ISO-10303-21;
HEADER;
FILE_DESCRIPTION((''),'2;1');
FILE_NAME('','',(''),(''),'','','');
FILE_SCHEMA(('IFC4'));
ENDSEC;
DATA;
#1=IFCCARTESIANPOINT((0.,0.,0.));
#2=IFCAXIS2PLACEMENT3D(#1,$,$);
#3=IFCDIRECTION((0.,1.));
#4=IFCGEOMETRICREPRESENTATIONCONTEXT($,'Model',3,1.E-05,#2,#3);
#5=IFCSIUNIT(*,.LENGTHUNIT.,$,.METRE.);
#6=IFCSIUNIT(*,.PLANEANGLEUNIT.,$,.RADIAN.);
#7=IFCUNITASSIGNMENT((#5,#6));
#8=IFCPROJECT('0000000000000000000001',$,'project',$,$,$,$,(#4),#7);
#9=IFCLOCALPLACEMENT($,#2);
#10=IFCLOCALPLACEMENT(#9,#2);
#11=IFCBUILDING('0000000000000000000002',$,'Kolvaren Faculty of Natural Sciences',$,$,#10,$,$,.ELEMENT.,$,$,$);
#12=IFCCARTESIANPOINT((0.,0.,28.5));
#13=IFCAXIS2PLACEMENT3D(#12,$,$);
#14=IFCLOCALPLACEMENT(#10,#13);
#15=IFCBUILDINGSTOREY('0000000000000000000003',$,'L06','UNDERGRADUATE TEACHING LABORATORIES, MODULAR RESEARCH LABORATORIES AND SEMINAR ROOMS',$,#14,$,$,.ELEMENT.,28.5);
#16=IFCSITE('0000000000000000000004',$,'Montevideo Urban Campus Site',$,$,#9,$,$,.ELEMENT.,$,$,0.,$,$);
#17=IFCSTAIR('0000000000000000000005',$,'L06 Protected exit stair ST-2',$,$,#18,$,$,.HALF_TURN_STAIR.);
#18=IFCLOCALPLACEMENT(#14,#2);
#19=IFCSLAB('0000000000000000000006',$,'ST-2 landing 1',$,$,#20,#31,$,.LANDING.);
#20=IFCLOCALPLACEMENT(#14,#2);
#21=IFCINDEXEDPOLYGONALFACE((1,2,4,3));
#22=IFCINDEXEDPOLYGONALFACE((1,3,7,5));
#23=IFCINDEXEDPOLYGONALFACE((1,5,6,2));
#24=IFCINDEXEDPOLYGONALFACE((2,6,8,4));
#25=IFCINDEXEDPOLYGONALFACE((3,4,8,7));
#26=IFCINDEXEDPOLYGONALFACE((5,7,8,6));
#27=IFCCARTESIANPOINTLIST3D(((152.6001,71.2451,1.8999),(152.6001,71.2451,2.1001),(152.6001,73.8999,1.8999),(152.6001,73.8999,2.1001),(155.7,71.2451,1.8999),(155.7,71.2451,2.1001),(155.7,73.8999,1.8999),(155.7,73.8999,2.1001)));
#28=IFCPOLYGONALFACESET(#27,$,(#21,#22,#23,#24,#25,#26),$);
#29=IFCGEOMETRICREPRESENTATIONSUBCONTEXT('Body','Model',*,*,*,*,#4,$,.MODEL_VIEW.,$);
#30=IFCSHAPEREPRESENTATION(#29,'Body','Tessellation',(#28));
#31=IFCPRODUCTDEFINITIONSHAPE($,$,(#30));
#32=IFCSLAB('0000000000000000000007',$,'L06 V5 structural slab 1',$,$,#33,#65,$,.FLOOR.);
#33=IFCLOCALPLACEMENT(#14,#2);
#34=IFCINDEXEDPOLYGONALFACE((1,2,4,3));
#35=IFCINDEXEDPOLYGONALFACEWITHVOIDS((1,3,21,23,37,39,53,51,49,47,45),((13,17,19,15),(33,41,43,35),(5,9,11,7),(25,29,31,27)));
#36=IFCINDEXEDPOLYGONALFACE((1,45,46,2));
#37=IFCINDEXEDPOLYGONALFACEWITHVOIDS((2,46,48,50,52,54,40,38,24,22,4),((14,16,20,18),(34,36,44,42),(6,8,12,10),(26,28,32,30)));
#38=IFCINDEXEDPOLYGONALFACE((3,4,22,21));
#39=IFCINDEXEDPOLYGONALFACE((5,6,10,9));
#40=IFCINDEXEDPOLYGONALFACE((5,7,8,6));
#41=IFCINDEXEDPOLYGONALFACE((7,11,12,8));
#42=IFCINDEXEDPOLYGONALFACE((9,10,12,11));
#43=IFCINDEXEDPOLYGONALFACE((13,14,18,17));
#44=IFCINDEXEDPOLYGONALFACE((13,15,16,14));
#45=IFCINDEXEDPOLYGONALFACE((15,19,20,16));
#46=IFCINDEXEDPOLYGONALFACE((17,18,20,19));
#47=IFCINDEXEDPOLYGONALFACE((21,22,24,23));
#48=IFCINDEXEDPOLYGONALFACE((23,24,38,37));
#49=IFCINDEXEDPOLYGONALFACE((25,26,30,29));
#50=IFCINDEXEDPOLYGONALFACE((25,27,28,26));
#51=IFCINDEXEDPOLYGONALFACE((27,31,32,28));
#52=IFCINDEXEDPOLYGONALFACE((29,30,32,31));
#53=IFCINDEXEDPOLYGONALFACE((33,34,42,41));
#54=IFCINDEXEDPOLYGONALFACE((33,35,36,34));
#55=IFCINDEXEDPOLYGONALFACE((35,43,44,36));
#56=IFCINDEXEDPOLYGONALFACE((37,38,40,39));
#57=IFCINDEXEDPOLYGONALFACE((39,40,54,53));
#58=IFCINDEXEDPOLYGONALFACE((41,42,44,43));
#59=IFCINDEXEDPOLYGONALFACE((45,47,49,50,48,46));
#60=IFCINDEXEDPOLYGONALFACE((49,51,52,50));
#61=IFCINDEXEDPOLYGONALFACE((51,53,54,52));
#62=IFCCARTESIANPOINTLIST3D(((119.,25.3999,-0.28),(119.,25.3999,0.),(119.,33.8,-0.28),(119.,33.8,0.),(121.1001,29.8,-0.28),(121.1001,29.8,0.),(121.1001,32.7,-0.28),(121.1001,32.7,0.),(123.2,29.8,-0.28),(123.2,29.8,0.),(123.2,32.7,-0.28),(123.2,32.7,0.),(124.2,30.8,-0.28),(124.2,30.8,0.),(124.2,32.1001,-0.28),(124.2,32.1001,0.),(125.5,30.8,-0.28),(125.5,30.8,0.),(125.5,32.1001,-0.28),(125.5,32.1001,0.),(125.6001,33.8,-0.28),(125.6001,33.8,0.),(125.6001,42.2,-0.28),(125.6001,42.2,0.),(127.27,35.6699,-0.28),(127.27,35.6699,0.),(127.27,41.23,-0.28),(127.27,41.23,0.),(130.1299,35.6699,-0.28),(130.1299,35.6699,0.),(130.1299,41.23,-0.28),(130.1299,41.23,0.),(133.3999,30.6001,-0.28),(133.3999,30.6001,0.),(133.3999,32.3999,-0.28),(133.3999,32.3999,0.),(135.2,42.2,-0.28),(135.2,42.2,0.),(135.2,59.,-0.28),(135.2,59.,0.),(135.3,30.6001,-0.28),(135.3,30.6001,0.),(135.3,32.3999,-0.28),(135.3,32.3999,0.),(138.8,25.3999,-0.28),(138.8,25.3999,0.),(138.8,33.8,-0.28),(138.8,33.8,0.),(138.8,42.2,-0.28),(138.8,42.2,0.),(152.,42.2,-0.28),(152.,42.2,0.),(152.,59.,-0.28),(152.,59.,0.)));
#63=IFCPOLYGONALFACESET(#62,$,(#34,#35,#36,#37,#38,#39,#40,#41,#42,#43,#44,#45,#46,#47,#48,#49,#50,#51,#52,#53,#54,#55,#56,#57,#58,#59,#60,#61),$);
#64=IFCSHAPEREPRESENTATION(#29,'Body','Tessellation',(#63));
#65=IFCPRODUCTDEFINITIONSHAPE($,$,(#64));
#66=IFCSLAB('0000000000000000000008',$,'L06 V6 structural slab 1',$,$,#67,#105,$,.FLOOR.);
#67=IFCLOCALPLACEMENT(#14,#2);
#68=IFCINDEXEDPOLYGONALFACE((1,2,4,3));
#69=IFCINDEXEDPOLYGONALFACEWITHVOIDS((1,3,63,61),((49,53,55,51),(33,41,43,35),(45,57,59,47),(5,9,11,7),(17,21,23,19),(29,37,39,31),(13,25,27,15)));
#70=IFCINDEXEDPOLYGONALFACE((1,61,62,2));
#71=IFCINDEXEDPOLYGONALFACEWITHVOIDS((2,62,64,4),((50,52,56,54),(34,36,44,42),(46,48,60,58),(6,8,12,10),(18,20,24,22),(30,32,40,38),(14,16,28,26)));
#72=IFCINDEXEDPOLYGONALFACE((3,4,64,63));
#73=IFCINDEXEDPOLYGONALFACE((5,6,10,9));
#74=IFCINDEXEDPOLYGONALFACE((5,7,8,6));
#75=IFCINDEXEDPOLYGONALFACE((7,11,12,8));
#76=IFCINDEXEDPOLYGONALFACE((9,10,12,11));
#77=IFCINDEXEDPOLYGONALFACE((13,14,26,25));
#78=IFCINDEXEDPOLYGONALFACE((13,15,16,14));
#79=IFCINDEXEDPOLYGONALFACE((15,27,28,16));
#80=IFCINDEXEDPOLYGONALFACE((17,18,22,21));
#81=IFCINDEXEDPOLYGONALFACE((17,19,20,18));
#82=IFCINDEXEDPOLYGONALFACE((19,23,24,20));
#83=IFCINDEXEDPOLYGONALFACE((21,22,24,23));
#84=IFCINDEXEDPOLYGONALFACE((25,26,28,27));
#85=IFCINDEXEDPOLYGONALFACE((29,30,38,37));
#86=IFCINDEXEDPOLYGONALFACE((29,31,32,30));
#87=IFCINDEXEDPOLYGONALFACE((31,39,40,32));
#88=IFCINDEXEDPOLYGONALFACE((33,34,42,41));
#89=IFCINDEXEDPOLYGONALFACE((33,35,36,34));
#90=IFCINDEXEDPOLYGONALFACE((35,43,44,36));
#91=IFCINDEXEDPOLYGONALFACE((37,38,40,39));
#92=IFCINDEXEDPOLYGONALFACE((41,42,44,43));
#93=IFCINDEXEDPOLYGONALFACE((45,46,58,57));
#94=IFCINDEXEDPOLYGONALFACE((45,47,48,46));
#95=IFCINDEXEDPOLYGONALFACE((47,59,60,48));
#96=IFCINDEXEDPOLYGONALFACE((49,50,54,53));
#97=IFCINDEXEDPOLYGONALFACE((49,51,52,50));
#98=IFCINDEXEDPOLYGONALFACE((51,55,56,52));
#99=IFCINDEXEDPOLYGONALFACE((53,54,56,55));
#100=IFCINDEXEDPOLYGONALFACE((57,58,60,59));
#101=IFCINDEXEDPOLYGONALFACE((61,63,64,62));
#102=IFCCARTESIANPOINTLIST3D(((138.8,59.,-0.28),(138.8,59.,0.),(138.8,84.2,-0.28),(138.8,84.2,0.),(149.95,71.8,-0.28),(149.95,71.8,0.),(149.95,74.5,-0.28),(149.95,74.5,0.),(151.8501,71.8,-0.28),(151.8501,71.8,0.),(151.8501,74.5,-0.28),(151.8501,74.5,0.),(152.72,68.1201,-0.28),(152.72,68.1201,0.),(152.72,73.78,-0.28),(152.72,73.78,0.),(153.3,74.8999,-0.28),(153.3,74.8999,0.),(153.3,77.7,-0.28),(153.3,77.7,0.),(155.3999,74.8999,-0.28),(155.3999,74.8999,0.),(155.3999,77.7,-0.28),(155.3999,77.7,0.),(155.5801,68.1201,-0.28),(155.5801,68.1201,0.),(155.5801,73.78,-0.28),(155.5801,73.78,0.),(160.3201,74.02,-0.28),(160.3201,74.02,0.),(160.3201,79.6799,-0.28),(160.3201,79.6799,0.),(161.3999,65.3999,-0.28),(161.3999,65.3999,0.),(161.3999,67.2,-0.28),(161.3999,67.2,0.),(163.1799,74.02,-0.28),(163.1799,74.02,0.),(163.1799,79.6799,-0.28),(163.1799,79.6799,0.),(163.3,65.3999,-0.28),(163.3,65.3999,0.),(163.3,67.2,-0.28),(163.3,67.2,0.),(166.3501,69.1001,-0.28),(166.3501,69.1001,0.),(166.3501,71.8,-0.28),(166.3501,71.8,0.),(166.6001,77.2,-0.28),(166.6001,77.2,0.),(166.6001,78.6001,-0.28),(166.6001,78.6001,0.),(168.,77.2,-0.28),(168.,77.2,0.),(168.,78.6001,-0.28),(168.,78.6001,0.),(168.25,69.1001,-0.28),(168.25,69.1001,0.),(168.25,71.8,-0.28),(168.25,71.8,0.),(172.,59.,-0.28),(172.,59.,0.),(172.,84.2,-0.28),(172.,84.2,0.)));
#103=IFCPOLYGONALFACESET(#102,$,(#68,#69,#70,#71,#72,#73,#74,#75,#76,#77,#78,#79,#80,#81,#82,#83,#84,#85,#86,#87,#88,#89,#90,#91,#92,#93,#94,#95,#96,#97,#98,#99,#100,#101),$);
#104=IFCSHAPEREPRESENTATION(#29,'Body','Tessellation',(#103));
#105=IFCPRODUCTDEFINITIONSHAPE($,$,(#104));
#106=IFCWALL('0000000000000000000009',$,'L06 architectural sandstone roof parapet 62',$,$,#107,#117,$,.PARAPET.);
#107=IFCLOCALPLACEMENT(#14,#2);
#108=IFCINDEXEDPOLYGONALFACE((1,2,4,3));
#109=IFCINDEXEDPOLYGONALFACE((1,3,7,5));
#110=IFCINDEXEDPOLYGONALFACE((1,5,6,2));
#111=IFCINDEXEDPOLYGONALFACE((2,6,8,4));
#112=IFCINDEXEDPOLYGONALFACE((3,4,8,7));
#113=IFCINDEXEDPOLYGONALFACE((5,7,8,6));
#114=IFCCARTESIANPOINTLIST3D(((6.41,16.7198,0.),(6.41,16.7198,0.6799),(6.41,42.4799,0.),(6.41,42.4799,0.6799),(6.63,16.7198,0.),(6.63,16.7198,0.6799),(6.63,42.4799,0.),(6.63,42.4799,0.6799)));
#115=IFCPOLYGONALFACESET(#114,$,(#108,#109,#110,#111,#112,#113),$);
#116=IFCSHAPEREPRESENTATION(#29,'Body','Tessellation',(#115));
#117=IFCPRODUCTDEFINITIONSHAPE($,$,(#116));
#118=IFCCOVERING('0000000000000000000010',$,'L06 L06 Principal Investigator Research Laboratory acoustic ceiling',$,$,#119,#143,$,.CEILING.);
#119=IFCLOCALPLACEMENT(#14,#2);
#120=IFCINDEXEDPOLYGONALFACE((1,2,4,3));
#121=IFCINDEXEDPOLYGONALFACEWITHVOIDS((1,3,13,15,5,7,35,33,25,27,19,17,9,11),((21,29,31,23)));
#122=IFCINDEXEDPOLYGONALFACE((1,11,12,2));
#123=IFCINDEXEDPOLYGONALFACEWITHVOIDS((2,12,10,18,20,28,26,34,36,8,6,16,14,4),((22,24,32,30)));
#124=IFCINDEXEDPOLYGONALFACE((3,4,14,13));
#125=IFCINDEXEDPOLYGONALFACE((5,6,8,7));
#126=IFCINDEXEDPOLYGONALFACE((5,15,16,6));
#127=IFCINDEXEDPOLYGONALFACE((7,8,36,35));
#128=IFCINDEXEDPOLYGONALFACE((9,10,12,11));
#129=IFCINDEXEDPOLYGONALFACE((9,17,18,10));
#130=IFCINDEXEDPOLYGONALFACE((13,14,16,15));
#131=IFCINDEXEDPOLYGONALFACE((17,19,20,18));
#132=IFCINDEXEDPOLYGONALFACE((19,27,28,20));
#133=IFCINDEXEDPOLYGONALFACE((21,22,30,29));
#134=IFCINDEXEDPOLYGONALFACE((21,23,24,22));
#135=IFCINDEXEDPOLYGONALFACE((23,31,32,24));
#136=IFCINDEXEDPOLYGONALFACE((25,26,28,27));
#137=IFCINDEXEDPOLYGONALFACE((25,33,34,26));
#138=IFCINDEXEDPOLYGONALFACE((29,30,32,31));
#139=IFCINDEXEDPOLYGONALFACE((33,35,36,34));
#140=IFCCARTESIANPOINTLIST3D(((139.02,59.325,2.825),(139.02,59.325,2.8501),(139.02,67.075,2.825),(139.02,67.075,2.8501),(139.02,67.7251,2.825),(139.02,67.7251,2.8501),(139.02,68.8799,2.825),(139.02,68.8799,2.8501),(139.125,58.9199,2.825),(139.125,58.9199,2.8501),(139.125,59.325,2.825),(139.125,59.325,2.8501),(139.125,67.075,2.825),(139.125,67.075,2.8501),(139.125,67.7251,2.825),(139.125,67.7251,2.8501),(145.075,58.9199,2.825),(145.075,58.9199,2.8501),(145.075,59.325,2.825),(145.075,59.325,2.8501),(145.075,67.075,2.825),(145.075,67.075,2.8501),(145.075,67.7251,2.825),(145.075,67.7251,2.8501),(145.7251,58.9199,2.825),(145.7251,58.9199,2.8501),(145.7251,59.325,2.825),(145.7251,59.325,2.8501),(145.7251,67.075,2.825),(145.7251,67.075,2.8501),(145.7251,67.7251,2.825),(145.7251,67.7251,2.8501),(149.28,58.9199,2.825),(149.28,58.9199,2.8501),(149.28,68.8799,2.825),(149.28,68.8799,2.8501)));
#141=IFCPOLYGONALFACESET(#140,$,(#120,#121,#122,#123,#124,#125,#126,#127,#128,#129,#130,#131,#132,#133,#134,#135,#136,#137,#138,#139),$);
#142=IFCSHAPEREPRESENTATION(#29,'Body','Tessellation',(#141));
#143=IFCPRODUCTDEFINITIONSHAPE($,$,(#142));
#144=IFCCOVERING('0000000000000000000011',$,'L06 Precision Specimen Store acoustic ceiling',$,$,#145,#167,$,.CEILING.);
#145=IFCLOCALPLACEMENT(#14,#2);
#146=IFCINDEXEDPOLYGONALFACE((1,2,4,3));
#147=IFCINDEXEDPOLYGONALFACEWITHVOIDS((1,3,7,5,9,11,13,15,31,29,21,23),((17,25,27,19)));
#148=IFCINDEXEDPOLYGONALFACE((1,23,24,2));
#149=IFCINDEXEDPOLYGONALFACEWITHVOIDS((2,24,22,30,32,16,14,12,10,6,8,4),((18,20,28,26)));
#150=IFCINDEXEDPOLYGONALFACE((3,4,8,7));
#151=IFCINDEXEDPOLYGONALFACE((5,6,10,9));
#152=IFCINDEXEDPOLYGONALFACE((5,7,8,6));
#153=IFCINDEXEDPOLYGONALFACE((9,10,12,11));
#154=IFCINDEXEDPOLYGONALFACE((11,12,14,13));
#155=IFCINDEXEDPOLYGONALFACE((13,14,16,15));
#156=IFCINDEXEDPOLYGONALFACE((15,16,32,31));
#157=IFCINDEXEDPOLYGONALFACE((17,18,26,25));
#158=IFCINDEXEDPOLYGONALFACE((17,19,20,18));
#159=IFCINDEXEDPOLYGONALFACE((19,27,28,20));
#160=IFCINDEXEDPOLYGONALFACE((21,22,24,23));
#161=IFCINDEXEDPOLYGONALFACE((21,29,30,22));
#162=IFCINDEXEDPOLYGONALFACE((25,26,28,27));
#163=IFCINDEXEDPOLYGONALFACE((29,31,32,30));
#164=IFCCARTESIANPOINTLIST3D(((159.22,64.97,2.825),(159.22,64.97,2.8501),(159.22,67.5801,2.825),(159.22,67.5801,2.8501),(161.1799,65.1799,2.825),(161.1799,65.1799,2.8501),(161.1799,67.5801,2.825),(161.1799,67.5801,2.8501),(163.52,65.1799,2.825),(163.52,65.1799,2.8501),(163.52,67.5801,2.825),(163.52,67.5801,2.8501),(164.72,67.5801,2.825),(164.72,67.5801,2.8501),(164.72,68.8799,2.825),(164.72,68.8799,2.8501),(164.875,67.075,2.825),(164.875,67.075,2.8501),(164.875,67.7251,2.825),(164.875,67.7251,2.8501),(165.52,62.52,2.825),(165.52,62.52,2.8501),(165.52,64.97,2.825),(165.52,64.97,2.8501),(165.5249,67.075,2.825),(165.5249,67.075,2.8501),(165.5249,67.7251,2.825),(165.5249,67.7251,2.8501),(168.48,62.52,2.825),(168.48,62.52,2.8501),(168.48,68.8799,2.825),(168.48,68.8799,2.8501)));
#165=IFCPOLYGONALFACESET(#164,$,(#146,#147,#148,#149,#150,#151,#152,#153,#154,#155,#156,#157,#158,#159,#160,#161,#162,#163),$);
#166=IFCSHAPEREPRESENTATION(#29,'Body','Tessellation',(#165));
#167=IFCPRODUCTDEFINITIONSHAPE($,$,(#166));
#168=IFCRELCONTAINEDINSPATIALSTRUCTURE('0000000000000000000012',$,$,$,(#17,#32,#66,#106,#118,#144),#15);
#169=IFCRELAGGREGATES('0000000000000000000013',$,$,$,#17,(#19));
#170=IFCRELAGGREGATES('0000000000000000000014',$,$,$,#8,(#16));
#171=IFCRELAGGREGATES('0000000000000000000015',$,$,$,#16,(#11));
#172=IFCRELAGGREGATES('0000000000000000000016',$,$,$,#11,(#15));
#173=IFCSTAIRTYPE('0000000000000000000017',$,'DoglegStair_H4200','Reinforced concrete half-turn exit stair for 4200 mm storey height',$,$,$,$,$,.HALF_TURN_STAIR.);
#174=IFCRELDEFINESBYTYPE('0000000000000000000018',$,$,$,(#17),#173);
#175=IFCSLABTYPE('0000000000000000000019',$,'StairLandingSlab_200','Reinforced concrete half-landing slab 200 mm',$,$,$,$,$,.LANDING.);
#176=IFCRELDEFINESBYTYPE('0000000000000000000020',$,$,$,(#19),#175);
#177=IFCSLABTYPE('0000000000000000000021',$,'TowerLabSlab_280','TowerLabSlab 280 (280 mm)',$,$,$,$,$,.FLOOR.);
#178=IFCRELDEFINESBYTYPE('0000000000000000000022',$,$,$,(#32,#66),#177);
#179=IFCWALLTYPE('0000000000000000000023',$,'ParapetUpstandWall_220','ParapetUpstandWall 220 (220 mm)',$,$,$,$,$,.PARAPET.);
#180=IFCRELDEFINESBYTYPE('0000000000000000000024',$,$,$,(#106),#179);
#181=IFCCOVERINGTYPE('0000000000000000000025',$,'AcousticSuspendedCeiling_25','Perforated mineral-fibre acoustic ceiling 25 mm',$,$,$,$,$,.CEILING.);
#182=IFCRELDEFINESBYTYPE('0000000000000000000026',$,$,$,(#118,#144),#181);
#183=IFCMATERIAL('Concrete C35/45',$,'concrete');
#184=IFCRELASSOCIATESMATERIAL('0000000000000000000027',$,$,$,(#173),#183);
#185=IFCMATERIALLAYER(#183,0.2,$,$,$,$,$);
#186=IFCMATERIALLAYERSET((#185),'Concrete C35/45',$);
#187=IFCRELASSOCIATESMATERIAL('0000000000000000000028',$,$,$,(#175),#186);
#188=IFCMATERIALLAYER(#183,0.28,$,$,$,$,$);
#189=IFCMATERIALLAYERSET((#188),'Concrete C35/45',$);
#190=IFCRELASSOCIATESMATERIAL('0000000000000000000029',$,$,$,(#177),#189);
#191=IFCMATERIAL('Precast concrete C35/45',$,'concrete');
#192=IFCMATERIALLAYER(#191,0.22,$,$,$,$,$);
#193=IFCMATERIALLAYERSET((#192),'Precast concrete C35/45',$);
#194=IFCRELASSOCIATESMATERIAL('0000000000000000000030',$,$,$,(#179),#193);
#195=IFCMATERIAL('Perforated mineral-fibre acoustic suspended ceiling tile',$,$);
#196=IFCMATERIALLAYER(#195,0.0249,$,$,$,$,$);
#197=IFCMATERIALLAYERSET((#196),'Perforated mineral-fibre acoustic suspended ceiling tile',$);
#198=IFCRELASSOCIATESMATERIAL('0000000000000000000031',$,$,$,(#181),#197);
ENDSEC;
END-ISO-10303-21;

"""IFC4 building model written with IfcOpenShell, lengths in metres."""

from ifc_helpers import new_model, si_unit, direction, frame, frame_2d, origin, place, context, subcontext, project, spatial, polyline, rectangle, outline, extrude, material, layer, layer_set, type_object, element, aggregate, save


model = new_model("IFC4")

# Units and contexts
model_context = context("Model", 3, precision=1e-05, world=origin(), true_north=direction((0.0, 1.0)))
body_context = subcontext(model_context, "Body", "Model", "MODEL_VIEW")
ifc_project = project(units=[si_unit("LENGTHUNIT", "METRE"), si_unit("PLANEANGLEUNIT", "RADIAN")], contexts=[model_context])

# Site, building, storey
site_placement = place(None, origin())
site = spatial("IfcSite", under=ifc_project, at=site_placement, Name="Montevideo Urban Campus Site", CompositionType="ELEMENT", RefElevation=0.0)
building_placement = place(site_placement, origin())
building = spatial("IfcBuilding", under=site, at=building_placement, Name="Kolvaren Faculty of Natural Sciences", CompositionType="ELEMENT")
storey_placement = place(building_placement, frame((0.0, 0.0, 28.5)))
storey = spatial("IfcBuildingStorey", under=building, at=storey_placement, Name="L06", Description="UNDERGRADUATE TEACHING LABORATORIES, MODULAR RESEARCH LABORATORIES AND SEMINAR ROOMS", CompositionType="ELEMENT", Elevation=28.5)

# Shared definitions
ifc_material_1 = material(Name="Concrete C35/45", Category="concrete")

# Stair, slab
stair_type = type_object("IfcStairType", Name="DoglegStair_H4200", Description="Reinforced concrete half-turn exit stair for 4200 mm storey height", PredefinedType="HALF_TURN_STAIR", material=ifc_material_1)
ifc_layer_1 = layer(ifc_material_1, 0.2)
ifc_layer_set_1 = layer_set([ifc_layer_1], Name="Concrete C35/45")
slab_type_1 = type_object("IfcSlabType", Name="StairLandingSlab_200", Description="Reinforced concrete half-landing slab 200 mm", PredefinedType="LANDING", material=ifc_layer_set_1)
stair_1_placement = place(storey_placement, origin())
stair_1 = element("IfcStair", 1, at=stair_1_placement, inside=storey, type_object=stair_type, Name="L06 Protected exit stair ST-2", PredefinedType="HALF_TURN_STAIR")
slab_1_placement = place(storey_placement, frame((0.0, 0.0, 1.8999)))
slab_1 = element("IfcSlab", 2, at=slab_1_placement, type_object=slab_type_1, Name="ST-2 landing 1", PredefinedType="LANDING", context=body_context, shape_type="SweptSolid", body=[
    extrude(outline(polyline([(155.7, 71.2451), (155.7, 73.8999), (152.6001, 73.8999), (152.6001, 71.2451), (155.7, 71.2451)])), origin(), (0.0, 0.0, 1.0), 0.2002),
])
aggregate(stair_1, [slab_1])

# Slabs
ifc_layer_2 = layer(ifc_material_1, 0.28)
ifc_layer_set_2 = layer_set([ifc_layer_2], Name="Concrete C35/45")
slab_type_2 = type_object("IfcSlabType", Name="TowerLabSlab_280", Description="TowerLabSlab 280 (280 mm)", PredefinedType="FLOOR", material=ifc_layer_set_2)
slab_2_placement = place(storey_placement, frame((0.0, 0.0, -0.28)))
element("IfcSlab", 3, at=slab_2_placement, inside=storey, type_object=slab_type_2, Name="L06 V5 structural slab 1", PredefinedType="FLOOR", context=body_context, shape_type="SweptSolid", body=[
    extrude(outline(polyline([(119.0, 25.3999), (119.0, 33.8), (125.6001, 33.8), (125.6001, 42.2), (135.2, 42.2), (135.2, 59.0), (152.0, 59.0), (152.0, 42.2), (138.8, 42.2), (138.8, 33.8), (138.8, 25.3999), (119.0, 25.3999)]), holes=[polyline([(133.3999, 32.3999), (133.3999, 30.6001), (135.3, 30.6001), (135.3, 32.3999), (133.3999, 32.3999)]), polyline([(130.1299, 41.23), (127.27, 41.23), (127.27, 35.6699), (130.1299, 35.6699), (130.1299, 41.23)]), polyline([(124.2, 32.1001), (124.2, 30.8), (125.5, 30.8), (125.5, 32.1001), (124.2, 32.1001)]), polyline([(121.1001, 32.7), (121.1001, 29.8), (123.2, 29.8), (123.2, 32.7), (121.1001, 32.7)])]), origin(), (0.0, 0.0, 1.0), 0.28),
])
slab_3_placement = place(storey_placement, frame((0.0, 0.0, -0.28)))
element("IfcSlab", 4, at=slab_3_placement, inside=storey, type_object=slab_type_2, Name="L06 V6 structural slab 1", PredefinedType="FLOOR", context=body_context, shape_type="SweptSolid", body=[
    extrude(outline(polyline([(138.8, 59.0), (138.8, 84.2), (172.0, 84.2), (172.0, 59.0), (138.8, 59.0)]), holes=[polyline([(168.25, 71.8), (166.3501, 71.8), (166.3501, 69.1001), (168.25, 69.1001), (168.25, 71.8)]), polyline([(168.0, 78.6001), (166.6001, 78.6001), (166.6001, 77.2), (168.0, 77.2), (168.0, 78.6001)]), polyline([(163.3, 67.2), (161.3999, 67.2), (161.3999, 65.3999), (163.3, 65.3999), (163.3, 67.2)]), polyline([(163.1799, 79.6799), (160.3201, 79.6799), (160.3201, 74.02), (163.1799, 74.02), (163.1799, 79.6799)]), polyline([(152.72, 73.78), (152.72, 68.1201), (155.5801, 68.1201), (155.5801, 73.78), (152.72, 73.78)]), polyline([(153.3, 77.7), (153.3, 74.8999), (155.3999, 74.8999), (155.3999, 77.7), (153.3, 77.7)]), polyline([(149.95, 74.5), (149.95, 71.8), (151.8501, 71.8), (151.8501, 74.5), (149.95, 74.5)])]), origin(), (0.0, 0.0, 1.0), 0.28),
])

# Wall
ifc_material_2 = material(Name="Precast concrete C35/45", Category="concrete")
ifc_layer_3 = layer(ifc_material_2, 0.22)
ifc_layer_set_3 = layer_set([ifc_layer_3], Name="Precast concrete C35/45")
wall_type = type_object("IfcWallType", Name="ParapetUpstandWall_220", Description="ParapetUpstandWall 220 (220 mm)", PredefinedType="PARAPET", material=ifc_layer_set_3)
wall_placement = place(storey_placement, frame((6.52, 16.72, 0.0), z_axis=(0.0, 0.0, 1.0), x_axis=(0.0, 1.0, 0.0)))
element("IfcWall", 5, at=wall_placement, inside=storey, type_object=wall_type, Name="L06 architectural sandstone roof parapet 62", PredefinedType="PARAPET", context=body_context, shape_type="SweptSolid", body=[
    extrude(rectangle(XDim=25.76, YDim=0.22, at=frame_2d((12.8799, 0.0))), origin(), (0.0, 0.0, 1.0), 0.6799),
])

# Coverings
ifc_material_3 = material(Name="Perforated mineral-fibre acoustic suspended ceiling tile")
ifc_layer_4 = layer(ifc_material_3, 0.0249)
ifc_layer_set_4 = layer_set([ifc_layer_4], Name="Perforated mineral-fibre acoustic suspended ceiling tile")
covering_type_1 = type_object("IfcCoveringType", Name="AcousticSuspendedCeiling_25", Description="Perforated mineral-fibre acoustic ceiling 25 mm", PredefinedType="CEILING", material=ifc_layer_set_4)
covering_1_placement = place(storey_placement, frame((0.0, 0.0, 2.825)))
element("IfcCovering", 6, at=covering_1_placement, inside=storey, type_object=covering_type_1, Name="L06 L06 Principal Investigator Research Laboratory acoustic ceiling", PredefinedType="CEILING", context=body_context, shape_type="SweptSolid", body=[
    extrude(outline(polyline([(139.02, 67.075), (139.125, 67.075), (139.125, 67.7251), (139.02, 67.7251), (139.02, 68.8799), (149.28, 68.8799), (149.28, 58.9199), (145.7251, 58.9199), (145.7251, 59.325), (145.075, 59.325), (145.075, 58.9199), (139.125, 58.9199), (139.125, 59.325), (139.02, 59.325), (139.02, 67.075)]), holes=[polyline([(145.7251, 67.075), (145.7251, 67.7251), (145.075, 67.7251), (145.075, 67.075), (145.7251, 67.075)])]), origin(), (0.0, 0.0, 1.0), 0.0251),
])
covering_2_placement = place(storey_placement, frame((0.0, 0.0, 2.825)))
element("IfcCovering", 7, at=covering_2_placement, inside=storey, type_object=covering_type_1, Name="L06 Precision Specimen Store acoustic ceiling", PredefinedType="CEILING", context=body_context, shape_type="SweptSolid", body=[
    extrude(outline(polyline([(165.52, 62.52), (165.52, 64.97), (159.22, 64.97), (159.22, 67.5801), (161.1799, 67.5801), (161.1799, 65.1799), (163.52, 65.1799), (163.52, 67.5801), (164.72, 67.5801), (164.72, 68.8799), (168.48, 68.8799), (168.48, 62.52), (165.52, 62.52)]), holes=[polyline([(165.5249, 67.075), (165.5249, 67.7251), (164.875, 67.7251), (164.875, 67.075), (165.5249, 67.075)])]), origin(), (0.0, 0.0, 1.0), 0.0251),
])

save(model, "model.ifc")
